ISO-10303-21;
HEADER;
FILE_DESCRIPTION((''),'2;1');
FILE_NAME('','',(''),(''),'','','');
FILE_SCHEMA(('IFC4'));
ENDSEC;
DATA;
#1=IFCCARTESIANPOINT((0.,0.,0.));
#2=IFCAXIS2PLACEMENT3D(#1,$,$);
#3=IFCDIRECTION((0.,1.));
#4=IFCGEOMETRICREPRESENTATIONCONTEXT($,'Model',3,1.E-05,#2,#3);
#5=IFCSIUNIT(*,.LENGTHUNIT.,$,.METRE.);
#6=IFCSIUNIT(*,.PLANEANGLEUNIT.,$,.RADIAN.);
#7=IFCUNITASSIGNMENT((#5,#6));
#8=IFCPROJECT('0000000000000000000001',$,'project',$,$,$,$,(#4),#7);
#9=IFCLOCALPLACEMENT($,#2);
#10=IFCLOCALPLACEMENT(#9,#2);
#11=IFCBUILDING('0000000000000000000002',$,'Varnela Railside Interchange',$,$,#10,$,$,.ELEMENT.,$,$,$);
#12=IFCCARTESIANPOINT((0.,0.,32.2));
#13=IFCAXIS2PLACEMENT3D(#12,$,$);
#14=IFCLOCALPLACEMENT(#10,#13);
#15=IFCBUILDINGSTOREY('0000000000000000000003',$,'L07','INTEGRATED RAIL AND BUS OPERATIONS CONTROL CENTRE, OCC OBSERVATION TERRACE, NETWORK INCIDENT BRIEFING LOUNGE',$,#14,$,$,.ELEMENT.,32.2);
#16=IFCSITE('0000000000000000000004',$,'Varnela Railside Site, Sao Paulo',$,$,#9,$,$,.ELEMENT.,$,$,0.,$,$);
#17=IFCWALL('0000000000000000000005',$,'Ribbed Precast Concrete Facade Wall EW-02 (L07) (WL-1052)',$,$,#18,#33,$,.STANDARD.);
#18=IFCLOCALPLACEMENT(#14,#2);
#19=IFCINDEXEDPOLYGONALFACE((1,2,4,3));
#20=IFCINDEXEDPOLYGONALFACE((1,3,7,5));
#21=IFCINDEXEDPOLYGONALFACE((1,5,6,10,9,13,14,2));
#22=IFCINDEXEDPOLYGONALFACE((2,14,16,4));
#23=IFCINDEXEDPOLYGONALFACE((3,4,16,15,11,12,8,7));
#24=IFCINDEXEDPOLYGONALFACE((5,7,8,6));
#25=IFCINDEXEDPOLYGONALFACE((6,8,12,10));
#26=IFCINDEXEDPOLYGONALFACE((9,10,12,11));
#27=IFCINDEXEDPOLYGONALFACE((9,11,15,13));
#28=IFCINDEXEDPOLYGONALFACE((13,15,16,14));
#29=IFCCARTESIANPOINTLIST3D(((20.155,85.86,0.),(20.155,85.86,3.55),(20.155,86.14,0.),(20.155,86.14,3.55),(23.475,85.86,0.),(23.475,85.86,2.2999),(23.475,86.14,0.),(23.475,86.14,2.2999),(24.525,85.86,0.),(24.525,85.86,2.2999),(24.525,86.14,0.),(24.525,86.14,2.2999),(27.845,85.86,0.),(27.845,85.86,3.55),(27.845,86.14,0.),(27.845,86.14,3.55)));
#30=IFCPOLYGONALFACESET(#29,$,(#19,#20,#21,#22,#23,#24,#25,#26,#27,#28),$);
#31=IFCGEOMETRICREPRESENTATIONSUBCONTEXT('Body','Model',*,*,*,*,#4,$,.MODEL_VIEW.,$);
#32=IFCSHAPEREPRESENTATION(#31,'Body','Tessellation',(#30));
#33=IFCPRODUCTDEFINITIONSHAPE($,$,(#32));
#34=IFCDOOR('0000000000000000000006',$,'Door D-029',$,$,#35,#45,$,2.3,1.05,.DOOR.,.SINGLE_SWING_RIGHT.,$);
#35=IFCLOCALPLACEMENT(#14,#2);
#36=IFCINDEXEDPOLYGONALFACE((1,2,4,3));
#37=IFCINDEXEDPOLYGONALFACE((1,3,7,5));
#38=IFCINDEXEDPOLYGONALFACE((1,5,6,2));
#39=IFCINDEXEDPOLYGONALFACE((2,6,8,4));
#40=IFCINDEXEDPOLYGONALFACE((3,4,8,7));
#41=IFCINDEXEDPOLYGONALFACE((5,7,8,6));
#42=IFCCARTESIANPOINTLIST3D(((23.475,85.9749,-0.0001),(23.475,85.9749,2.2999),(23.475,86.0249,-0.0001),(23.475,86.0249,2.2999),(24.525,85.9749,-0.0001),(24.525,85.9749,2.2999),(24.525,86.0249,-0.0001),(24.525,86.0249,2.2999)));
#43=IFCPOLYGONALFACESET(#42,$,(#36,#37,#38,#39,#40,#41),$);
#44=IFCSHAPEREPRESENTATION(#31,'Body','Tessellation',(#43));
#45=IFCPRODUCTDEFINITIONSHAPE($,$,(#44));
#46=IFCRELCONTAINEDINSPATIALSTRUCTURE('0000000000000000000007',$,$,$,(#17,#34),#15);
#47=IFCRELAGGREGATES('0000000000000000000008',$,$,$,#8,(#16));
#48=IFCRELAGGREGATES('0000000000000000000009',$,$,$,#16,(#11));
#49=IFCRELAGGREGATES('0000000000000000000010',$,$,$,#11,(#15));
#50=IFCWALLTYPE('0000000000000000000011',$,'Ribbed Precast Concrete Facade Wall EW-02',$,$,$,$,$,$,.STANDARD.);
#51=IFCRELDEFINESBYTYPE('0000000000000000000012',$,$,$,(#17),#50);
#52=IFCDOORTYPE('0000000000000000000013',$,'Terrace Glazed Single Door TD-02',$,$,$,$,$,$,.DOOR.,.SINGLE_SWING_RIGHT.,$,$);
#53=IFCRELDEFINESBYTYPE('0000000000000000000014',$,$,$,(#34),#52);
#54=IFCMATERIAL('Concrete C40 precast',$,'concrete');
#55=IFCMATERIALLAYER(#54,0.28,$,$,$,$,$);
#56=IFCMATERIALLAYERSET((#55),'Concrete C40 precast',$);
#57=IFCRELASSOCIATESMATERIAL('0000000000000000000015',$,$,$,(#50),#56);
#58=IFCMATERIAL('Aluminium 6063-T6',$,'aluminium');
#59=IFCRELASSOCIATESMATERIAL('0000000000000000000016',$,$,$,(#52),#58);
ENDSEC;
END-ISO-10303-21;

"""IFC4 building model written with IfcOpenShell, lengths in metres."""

from ifc_helpers import new_model, si_unit, direction, frame, frame_2d, origin, place, context, subcontext, project, spatial, rectangle, extrude, material, layer, layer_set, type_object, element, fill, save


model = new_model("IFC4")

# Units and contexts
model_context = context("Model", 3, precision=1e-05, world=origin(), true_north=direction((0.0, 1.0)))
body_context = subcontext(model_context, "Body", "Model", "MODEL_VIEW")
ifc_project = project(units=[si_unit("LENGTHUNIT", "METRE"), si_unit("PLANEANGLEUNIT", "RADIAN")], contexts=[model_context])

# Site, building, storey
site_placement = place(None, origin())
site = spatial("IfcSite", under=ifc_project, at=site_placement, Name="Varnela Railside Site, Sao Paulo", CompositionType="ELEMENT", RefElevation=0.0)
building_placement = place(site_placement, origin())
building = spatial("IfcBuilding", under=site, at=building_placement, Name="Varnela Railside Interchange", CompositionType="ELEMENT")
storey_placement = place(building_placement, frame((0.0, 0.0, 32.2)))
storey = spatial("IfcBuildingStorey", under=building, at=storey_placement, Name="L07", Description="INTEGRATED RAIL AND BUS OPERATIONS CONTROL CENTRE, OCC OBSERVATION TERRACE, NETWORK INCIDENT BRIEFING LOUNGE", CompositionType="ELEMENT", Elevation=32.2)

# Shared definitions
ifc_material_1 = material(Name="Aluminium 6063-T6", Category="aluminium")

# Wall, opening, door
ifc_material_2 = material(Name="Concrete C40 precast", Category="concrete")
ifc_layer_1 = layer(ifc_material_2, 0.28)
ifc_layer_set_1 = layer_set([ifc_layer_1], Name="Concrete C40 precast")
wall_type = type_object("IfcWallType", Name="Ribbed Precast Concrete Facade Wall EW-02", PredefinedType="STANDARD", material=ifc_layer_set_1)
wall_1_placement = place(storey_placement, frame((20.155, 86.0, 0.0), z_axis=(0.0, 0.0, 1.0), x_axis=(1.0, 0.0, 0.0)))
wall_1 = element("IfcWall", 1, at=wall_1_placement, inside=storey, type_object=wall_type, Name="Ribbed Precast Concrete Facade Wall EW-02 (L07) (WL-1052)", PredefinedType="STANDARD", context=body_context, shape_type="SweptSolid", body=[
    extrude(rectangle(XDim=7.6899, YDim=0.28, at=frame_2d((3.845, 0.0))), origin(), (0.0, 0.0, 1.0), 3.55),
])
opening_1_placement = place(wall_1_placement, frame((3.3201, 0.0, 0.0)))
opening_1 = element("IfcOpeningElement", 2, at=opening_1_placement, cuts=wall_1, PredefinedType="OPENING", context=body_context, shape_type="SweptSolid", body=[
    extrude(rectangle(XDim=1.05, YDim=2.3, at=frame_2d((0.5249, 1.1499))), frame((0.0, 0.1499, 0.0), z_axis=(0.0, -1.0, 0.0), x_axis=(1.0, 0.0, 0.0)), (0.0, 0.0, 1.0), 0.3),
])
door_type_1 = type_object("IfcDoorType", Name="Terrace Glazed Single Door TD-02", OperationType="SINGLE_SWING_RIGHT", PredefinedType="DOOR", material=ifc_material_1)
door_1_placement = place(opening_1_placement, origin())
door_1 = element("IfcDoor", 3, at=door_1_placement, inside=storey, type_object=door_type_1, Name="Door D-029", OperationType="SINGLE_SWING_RIGHT", OverallHeight=2.3, OverallWidth=1.05, PredefinedType="DOOR", context=body_context, shape_type="SweptSolid", body=[
    extrude(rectangle(XDim=1.05, YDim=2.3, at=frame_2d((0.5249, 1.1499))), frame((0.0, 0.0249, 0.0), z_axis=(0.0, -1.0, 0.0), x_axis=(1.0, 0.0, 0.0)), (0.0, 0.0, 1.0), 0.05),
])
fill(opening_1, door_1)

save(model, "model.ifc")
